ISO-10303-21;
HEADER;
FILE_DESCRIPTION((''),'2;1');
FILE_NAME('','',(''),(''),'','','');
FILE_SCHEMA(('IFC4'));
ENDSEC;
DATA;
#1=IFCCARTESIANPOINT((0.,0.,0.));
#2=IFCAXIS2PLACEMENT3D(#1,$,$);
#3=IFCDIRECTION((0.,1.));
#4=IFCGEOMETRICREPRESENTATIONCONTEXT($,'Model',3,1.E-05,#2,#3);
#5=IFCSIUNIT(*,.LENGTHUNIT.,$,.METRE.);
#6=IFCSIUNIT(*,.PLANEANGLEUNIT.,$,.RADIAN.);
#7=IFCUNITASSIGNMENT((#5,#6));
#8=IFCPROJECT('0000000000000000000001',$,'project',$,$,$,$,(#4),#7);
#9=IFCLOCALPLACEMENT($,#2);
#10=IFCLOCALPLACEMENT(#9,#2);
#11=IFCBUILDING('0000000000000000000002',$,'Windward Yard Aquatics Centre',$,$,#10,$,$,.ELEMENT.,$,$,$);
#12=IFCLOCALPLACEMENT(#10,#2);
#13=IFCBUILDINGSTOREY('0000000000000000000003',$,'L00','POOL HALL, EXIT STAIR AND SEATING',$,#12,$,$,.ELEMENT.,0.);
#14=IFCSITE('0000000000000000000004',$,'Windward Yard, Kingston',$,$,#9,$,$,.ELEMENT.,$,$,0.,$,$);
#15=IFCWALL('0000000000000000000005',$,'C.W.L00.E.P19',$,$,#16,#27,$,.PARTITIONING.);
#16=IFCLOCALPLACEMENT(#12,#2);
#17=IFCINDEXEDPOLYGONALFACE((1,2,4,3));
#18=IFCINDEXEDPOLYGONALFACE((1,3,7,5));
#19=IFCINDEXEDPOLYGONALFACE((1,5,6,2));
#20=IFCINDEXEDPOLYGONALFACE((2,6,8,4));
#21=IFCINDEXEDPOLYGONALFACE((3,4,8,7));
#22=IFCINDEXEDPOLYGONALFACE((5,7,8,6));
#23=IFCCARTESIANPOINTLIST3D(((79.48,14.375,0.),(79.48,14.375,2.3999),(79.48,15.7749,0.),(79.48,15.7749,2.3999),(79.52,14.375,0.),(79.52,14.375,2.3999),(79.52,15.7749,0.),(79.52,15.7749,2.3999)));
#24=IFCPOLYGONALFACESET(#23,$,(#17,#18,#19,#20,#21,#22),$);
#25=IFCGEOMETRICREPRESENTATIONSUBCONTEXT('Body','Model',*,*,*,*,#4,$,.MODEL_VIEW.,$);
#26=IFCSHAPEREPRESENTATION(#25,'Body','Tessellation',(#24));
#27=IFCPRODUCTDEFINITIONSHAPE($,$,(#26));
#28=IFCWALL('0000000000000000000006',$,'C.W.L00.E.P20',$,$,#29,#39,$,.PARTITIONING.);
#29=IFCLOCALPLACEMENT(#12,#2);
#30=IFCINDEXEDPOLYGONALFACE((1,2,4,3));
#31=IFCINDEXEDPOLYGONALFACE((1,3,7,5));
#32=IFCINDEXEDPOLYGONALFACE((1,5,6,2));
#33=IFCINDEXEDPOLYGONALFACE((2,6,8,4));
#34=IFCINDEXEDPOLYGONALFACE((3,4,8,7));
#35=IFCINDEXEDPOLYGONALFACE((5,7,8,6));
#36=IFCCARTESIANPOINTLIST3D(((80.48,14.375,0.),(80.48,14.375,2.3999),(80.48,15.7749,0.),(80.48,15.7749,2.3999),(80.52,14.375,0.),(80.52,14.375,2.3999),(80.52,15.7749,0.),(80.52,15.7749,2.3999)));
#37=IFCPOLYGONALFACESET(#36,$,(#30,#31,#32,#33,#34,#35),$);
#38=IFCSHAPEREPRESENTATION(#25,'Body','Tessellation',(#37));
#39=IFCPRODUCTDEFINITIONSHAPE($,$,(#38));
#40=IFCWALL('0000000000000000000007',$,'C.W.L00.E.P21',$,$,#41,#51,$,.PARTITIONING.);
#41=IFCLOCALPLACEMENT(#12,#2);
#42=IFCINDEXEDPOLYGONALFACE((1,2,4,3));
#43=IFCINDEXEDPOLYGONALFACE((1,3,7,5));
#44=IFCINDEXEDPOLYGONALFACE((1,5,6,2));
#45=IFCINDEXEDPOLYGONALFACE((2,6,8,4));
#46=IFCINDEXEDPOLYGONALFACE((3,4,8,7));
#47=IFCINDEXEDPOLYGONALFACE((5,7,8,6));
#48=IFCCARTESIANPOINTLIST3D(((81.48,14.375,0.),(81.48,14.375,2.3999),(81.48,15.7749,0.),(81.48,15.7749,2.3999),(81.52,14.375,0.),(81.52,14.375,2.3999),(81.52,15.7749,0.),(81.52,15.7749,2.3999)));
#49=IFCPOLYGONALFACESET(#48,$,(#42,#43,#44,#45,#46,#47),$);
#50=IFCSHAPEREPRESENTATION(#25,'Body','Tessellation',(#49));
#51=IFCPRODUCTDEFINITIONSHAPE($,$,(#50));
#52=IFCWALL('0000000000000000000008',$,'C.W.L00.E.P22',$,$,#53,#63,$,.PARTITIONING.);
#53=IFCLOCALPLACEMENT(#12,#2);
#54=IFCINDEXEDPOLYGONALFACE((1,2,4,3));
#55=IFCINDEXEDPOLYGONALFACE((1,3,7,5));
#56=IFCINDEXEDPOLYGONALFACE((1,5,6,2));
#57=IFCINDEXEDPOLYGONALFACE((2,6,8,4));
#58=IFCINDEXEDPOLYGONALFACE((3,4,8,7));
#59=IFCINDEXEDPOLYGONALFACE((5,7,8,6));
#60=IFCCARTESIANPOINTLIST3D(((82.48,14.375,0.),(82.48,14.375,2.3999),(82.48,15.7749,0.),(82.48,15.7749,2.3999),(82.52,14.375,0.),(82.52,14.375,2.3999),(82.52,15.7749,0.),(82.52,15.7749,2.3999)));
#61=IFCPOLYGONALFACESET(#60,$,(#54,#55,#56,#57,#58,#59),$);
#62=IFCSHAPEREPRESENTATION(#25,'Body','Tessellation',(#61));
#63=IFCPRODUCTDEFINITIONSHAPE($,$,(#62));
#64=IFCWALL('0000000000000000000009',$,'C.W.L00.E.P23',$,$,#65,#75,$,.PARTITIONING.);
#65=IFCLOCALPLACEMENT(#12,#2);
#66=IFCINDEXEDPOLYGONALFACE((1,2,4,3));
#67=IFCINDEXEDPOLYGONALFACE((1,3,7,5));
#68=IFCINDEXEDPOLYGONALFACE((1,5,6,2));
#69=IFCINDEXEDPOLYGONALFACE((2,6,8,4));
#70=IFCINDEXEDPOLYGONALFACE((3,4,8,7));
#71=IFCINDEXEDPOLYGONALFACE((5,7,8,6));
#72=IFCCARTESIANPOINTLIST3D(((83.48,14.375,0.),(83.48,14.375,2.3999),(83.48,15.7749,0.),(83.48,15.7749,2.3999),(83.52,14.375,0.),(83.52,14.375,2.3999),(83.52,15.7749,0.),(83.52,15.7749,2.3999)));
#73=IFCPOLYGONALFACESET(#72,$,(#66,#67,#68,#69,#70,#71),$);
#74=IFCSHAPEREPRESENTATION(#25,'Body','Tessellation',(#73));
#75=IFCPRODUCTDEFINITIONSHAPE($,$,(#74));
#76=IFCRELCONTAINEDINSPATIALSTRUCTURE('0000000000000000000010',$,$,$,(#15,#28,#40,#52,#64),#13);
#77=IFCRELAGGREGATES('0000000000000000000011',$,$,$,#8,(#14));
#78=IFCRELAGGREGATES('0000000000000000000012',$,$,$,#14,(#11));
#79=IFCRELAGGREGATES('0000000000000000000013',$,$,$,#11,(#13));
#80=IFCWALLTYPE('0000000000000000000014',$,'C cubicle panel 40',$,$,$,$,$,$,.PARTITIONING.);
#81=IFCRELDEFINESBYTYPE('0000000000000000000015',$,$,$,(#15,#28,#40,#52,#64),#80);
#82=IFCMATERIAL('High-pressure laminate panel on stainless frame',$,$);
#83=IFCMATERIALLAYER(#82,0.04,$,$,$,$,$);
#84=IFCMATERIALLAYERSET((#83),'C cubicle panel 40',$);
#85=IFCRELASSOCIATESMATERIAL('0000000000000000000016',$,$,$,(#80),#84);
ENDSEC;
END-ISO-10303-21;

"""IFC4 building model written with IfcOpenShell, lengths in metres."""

from ifc_helpers import new_model, si_unit, direction, frame, frame_2d, origin, place, context, subcontext, project, spatial, rectangle, extrude, material, layer, layer_set, type_object, element, save


model = new_model("IFC4")

# Units and contexts
model_context = context("Model", 3, precision=1e-05, world=origin(), true_north=direction((0.0, 1.0)))
body_context = subcontext(model_context, "Body", "Model", "MODEL_VIEW")
ifc_project = project(units=[si_unit("LENGTHUNIT", "METRE"), si_unit("PLANEANGLEUNIT", "RADIAN")], contexts=[model_context])

# Site, building, storey
site_placement = place(None, origin())
site = spatial("IfcSite", under=ifc_project, at=site_placement, Name="Windward Yard, Kingston", CompositionType="ELEMENT", RefElevation=0.0)
building_placement = place(site_placement, origin())
building = spatial("IfcBuilding", under=site, at=building_placement, Name="Windward Yard Aquatics Centre", CompositionType="ELEMENT")
storey_placement = place(building_placement, origin())
storey = spatial("IfcBuildingStorey", under=building, at=storey_placement, Name="L00", Description="POOL HALL, EXIT STAIR AND SEATING", CompositionType="ELEMENT", Elevation=0.0)

# Shared definitions
ifc_material_1 = material(Name="High-pressure laminate panel on stainless frame")
ifc_layer_1 = layer(ifc_material_1, 0.04)
ifc_layer_set_1 = layer_set([ifc_layer_1], Name="C cubicle panel 40")
wall_type_1 = type_object("IfcWallType", Name="C cubicle panel 40", PredefinedType="PARTITIONING", material=ifc_layer_set_1)

# Walls
for number, where, z_axis, x_axis, name in (
    (1, (79.5, 14.375, 0.0), (0.0, 0.0, 1.0), (0.0, 1.0, 0.0), "C.W.L00.E.P19"),
    (2, (80.5, 14.375, 0.0), (0.0, 0.0, 1.0), (0.0, 1.0, 0.0), "C.W.L00.E.P20"),
    (3, (81.5, 14.375, 0.0), (0.0, 0.0, 1.0), (0.0, 1.0, 0.0), "C.W.L00.E.P21"),
    (4, (82.5, 14.375, 0.0), (0.0, 0.0, 1.0), (0.0, 1.0, 0.0), "C.W.L00.E.P22"),
    (5, (83.5, 14.375, 0.0), (0.0, 0.0, 1.0), (0.0, 1.0, 0.0), "C.W.L00.E.P23"),
):
    element("IfcWall", number, at=place(storey_placement, frame(where, z_axis=z_axis, x_axis=x_axis)), inside=storey, type_object=wall_type_1, Name=name, PredefinedType="PARTITIONING", context=body_context, shape_type="SweptSolid", body=[
        extrude(rectangle(XDim=1.3999, YDim=0.04, at=frame_2d((0.7, 0.0))), origin(), (0.0, 0.0, 1.0), 2.3999),
    ])

save(model, "model.ifc")
